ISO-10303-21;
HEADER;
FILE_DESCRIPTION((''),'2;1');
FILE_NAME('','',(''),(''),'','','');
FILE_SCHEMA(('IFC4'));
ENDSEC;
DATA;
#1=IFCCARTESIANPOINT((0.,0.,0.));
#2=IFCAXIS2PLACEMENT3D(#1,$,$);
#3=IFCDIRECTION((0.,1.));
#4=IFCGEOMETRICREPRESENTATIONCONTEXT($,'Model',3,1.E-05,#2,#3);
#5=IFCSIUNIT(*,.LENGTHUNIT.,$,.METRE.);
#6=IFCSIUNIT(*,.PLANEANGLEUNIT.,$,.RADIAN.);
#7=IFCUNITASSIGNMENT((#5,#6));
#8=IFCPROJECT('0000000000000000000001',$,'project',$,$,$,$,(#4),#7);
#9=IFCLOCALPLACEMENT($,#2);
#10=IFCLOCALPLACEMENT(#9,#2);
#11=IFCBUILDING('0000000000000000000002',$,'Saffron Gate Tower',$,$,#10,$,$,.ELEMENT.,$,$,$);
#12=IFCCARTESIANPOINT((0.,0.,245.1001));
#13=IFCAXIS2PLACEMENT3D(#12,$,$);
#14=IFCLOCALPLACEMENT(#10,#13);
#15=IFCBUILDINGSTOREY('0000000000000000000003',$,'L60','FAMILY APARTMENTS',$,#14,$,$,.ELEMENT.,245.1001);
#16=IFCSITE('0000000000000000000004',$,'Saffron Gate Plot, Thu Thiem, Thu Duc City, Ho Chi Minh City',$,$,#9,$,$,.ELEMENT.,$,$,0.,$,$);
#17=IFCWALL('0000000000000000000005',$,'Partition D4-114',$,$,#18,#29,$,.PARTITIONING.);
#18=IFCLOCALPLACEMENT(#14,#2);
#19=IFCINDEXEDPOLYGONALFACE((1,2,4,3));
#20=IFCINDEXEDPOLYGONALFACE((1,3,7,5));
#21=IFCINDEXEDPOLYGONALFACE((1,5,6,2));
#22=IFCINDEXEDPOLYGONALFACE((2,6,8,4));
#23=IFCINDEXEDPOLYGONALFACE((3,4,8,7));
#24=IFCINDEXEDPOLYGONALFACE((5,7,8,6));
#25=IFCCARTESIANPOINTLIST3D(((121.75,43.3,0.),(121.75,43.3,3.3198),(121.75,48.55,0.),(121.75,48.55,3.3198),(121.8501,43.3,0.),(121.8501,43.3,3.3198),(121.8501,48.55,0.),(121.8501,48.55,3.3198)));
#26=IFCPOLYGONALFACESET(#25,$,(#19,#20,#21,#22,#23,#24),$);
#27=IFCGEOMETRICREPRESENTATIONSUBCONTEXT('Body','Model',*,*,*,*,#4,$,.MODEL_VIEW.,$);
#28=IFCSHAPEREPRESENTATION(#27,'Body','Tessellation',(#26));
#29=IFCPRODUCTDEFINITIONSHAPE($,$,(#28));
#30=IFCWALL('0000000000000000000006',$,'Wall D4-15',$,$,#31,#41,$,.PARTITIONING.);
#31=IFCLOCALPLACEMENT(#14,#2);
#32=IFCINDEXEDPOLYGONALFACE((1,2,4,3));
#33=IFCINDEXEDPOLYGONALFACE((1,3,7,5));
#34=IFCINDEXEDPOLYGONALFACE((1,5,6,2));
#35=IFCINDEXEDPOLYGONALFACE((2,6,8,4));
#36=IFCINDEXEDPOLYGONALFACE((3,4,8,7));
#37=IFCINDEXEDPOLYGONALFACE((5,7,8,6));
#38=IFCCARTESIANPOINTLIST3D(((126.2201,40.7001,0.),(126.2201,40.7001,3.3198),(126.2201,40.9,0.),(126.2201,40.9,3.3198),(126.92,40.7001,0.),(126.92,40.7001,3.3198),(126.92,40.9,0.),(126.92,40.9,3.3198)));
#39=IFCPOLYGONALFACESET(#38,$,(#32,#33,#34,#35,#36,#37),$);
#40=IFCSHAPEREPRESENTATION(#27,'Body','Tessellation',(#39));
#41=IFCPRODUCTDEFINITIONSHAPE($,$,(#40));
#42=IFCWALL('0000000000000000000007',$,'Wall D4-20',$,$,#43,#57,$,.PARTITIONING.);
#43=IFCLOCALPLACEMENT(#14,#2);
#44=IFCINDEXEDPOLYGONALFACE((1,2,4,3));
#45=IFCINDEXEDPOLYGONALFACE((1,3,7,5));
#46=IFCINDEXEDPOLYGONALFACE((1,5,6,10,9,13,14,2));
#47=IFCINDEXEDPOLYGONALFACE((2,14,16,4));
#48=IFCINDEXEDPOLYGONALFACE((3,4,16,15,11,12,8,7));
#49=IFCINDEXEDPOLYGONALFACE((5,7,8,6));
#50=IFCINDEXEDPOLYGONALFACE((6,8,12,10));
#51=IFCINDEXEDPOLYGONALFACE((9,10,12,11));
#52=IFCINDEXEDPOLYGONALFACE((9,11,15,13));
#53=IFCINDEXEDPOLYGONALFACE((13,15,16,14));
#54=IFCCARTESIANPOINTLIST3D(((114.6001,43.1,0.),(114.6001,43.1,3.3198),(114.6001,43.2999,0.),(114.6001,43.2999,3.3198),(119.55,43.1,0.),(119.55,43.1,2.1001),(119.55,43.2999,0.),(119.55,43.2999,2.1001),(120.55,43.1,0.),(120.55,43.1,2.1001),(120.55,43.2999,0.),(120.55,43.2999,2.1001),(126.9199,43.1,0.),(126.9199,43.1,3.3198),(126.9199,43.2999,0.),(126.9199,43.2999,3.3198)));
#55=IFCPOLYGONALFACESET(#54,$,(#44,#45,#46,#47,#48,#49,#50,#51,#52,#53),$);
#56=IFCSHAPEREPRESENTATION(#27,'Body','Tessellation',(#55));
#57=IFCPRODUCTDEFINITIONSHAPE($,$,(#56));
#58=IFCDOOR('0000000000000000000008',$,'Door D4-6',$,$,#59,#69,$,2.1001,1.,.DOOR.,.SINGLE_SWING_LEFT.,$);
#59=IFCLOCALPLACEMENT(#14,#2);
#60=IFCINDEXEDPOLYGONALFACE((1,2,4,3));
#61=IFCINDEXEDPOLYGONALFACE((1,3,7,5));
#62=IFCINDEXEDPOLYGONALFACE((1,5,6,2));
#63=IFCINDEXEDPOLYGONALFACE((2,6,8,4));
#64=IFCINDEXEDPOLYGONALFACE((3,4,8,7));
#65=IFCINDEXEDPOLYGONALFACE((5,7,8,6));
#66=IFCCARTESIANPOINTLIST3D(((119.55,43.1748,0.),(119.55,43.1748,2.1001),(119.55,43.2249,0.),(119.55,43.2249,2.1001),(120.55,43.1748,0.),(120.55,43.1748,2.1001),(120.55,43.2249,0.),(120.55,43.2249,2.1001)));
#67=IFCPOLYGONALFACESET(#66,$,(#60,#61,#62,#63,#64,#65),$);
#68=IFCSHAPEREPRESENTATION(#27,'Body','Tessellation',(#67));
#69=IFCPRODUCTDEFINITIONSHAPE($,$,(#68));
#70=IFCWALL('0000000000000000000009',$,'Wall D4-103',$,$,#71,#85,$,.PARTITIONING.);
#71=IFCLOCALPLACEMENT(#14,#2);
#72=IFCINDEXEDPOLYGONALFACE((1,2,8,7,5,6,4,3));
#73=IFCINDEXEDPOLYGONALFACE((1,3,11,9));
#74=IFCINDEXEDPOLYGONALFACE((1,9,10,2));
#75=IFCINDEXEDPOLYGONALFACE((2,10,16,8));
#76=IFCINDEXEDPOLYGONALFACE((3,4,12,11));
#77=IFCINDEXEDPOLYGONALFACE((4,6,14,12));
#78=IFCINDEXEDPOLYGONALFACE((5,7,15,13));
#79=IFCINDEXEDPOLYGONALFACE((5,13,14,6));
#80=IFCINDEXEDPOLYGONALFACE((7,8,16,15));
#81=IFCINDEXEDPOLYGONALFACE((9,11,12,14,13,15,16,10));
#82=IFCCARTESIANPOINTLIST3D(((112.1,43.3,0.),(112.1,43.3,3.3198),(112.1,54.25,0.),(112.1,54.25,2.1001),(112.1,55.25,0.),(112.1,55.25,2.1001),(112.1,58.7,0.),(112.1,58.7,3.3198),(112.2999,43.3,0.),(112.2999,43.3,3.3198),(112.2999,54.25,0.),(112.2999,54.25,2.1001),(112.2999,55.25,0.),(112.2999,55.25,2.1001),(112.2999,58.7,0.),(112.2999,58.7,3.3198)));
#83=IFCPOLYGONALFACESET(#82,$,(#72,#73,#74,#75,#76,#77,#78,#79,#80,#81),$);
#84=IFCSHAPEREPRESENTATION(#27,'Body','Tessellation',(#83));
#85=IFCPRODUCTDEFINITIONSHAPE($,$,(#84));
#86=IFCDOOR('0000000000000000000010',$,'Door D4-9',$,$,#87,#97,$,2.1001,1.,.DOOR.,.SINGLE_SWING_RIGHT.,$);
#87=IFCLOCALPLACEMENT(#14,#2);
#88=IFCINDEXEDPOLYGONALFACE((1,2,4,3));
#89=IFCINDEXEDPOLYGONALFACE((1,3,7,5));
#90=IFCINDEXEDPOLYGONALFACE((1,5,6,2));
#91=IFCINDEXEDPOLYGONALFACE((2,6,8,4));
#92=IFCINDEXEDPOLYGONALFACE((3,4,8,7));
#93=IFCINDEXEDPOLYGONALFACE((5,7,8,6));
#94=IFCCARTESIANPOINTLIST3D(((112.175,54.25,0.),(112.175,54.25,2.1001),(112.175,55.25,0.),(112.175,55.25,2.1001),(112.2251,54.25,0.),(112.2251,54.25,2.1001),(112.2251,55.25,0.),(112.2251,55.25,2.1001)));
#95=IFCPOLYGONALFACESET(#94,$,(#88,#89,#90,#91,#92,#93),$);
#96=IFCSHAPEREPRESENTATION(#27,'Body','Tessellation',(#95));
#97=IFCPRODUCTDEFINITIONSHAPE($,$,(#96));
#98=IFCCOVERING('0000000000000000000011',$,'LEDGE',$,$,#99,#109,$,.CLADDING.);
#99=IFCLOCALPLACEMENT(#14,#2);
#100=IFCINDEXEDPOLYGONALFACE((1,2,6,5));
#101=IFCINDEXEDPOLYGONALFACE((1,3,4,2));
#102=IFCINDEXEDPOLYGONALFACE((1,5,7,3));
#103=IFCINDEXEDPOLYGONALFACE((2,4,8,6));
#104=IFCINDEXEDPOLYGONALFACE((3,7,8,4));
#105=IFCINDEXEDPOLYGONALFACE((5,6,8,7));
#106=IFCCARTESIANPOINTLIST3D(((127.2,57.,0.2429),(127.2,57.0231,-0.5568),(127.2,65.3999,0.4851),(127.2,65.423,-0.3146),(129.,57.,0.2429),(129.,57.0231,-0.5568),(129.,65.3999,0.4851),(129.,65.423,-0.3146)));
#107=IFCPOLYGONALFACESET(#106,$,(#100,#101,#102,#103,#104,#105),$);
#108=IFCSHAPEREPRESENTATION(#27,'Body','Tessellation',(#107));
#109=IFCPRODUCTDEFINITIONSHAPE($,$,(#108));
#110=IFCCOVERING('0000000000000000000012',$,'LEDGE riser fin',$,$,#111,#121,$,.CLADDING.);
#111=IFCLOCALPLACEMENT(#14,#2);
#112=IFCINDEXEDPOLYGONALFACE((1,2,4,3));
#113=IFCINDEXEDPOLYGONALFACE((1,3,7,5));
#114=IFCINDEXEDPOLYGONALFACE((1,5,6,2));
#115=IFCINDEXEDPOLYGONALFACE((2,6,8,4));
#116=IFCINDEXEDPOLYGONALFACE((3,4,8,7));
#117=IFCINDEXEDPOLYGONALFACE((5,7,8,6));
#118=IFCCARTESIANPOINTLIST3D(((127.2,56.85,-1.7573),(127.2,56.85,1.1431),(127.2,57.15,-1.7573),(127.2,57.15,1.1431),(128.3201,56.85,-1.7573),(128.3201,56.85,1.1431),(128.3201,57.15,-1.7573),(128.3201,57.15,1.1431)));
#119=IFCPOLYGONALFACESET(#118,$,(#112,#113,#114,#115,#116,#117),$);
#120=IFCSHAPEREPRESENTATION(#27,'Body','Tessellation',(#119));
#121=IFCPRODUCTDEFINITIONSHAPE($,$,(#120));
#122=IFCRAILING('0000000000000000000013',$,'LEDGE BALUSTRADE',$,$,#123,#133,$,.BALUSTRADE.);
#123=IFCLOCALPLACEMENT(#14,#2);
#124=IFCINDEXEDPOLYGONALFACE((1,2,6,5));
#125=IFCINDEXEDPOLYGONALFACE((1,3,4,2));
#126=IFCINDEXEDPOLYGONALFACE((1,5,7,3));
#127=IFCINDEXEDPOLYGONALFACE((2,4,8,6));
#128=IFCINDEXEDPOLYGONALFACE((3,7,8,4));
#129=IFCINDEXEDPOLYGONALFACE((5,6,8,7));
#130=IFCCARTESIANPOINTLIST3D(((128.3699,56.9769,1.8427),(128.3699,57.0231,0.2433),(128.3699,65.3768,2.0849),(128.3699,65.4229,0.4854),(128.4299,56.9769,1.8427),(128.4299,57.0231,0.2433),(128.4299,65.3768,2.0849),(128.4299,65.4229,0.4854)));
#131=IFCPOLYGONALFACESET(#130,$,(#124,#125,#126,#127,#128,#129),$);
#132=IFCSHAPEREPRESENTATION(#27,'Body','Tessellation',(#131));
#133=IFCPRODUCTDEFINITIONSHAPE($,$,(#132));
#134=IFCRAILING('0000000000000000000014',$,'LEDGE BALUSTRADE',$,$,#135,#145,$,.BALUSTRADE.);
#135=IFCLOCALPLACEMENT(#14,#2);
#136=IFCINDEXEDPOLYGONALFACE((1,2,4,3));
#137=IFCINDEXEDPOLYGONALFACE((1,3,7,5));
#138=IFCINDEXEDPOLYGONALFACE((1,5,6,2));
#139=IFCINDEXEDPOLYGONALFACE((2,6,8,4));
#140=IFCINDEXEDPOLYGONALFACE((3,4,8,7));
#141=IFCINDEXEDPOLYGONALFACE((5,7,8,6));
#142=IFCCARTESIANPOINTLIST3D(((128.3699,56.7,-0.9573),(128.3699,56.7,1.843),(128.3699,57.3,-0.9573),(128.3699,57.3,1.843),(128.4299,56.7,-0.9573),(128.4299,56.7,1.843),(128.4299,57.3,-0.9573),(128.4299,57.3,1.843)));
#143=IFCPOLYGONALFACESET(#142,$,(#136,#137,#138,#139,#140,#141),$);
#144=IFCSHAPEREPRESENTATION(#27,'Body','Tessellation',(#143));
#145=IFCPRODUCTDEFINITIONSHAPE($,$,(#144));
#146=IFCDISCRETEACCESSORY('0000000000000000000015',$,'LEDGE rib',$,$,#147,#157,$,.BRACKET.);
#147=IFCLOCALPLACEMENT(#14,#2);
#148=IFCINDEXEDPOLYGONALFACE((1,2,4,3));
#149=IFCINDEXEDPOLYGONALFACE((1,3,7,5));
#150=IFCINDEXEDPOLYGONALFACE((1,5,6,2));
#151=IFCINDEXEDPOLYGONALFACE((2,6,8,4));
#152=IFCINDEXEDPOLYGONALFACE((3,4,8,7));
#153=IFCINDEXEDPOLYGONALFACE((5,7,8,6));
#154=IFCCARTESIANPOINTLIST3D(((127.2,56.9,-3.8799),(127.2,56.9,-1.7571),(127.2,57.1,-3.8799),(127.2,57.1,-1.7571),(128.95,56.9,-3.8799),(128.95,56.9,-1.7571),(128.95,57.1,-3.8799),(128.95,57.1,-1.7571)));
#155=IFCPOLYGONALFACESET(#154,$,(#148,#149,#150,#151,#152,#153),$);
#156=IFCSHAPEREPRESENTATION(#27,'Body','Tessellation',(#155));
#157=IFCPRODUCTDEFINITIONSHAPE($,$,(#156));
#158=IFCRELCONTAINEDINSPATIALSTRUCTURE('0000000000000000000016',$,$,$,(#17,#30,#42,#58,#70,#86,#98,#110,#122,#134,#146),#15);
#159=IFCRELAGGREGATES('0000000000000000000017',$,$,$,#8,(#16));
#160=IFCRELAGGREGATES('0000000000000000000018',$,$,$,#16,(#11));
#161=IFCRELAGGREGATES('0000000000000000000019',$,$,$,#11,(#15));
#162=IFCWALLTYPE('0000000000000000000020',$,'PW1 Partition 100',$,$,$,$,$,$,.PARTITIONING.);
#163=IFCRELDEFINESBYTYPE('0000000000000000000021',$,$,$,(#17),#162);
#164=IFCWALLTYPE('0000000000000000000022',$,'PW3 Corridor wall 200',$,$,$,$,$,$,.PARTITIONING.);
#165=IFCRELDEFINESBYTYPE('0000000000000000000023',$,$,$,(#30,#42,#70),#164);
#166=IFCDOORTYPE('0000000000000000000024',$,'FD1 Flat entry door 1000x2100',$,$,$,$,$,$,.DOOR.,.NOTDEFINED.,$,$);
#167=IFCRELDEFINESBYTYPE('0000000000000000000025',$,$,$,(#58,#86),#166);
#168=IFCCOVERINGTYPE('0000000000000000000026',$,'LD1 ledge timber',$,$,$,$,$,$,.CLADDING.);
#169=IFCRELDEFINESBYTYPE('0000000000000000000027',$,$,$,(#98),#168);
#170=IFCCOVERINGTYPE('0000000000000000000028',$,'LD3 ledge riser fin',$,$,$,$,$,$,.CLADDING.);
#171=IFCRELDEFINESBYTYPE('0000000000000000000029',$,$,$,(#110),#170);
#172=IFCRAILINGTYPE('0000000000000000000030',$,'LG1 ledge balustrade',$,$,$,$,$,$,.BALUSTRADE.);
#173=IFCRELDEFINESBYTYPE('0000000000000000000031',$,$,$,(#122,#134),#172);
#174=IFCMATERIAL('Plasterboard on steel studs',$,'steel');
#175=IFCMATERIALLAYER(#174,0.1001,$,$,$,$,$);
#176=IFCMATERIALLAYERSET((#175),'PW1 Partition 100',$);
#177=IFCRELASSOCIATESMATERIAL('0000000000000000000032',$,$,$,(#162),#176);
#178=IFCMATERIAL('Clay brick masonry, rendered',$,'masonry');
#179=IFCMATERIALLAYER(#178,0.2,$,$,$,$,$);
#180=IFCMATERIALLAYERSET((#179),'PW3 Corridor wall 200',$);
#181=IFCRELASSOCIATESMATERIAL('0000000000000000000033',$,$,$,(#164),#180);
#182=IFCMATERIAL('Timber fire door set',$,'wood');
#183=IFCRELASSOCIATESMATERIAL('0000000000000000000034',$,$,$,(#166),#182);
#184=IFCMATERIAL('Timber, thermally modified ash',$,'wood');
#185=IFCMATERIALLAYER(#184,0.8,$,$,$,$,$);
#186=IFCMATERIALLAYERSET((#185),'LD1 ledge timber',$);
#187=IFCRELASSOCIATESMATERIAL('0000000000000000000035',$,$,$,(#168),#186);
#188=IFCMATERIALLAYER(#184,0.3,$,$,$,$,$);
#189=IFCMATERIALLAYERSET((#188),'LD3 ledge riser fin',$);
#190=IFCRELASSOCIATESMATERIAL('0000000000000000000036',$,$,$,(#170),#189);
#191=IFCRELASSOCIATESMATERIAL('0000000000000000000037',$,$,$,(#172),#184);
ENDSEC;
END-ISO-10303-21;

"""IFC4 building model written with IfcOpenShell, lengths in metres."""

from ifc_helpers import new_model, si_unit, direction, frame, frame_2d, origin, origin_2d, place, context, subcontext, project, spatial, polyline, rectangle, outline, extrude, material, layer, layer_set, type_object, element, fill, save


model = new_model("IFC4")

# Units and contexts
model_context = context("Model", 3, precision=1e-05, world=origin(), true_north=direction((0.0, 1.0)))
body_context = subcontext(model_context, "Body", "Model", "MODEL_VIEW")
ifc_project = project(units=[si_unit("LENGTHUNIT", "METRE"), si_unit("PLANEANGLEUNIT", "RADIAN")], contexts=[model_context])

# Site, building, storey
site_placement = place(None, origin())
site = spatial("IfcSite", under=ifc_project, at=site_placement, Name="Saffron Gate Plot, Thu Thiem, Thu Duc City, Ho Chi Minh City", CompositionType="ELEMENT", RefElevation=0.0)
building_placement = place(site_placement, origin())
building = spatial("IfcBuilding", under=site, at=building_placement, Name="Saffron Gate Tower", CompositionType="ELEMENT")
storey_placement = place(building_placement, frame((0.0, 0.0, 245.1001)))
storey = spatial("IfcBuildingStorey", under=building, at=storey_placement, Name="L60", Description="FAMILY APARTMENTS", CompositionType="ELEMENT", Elevation=245.1001)

# Shared definitions
ifc_material_1 = material(Name="Plasterboard on steel studs", Category="steel")
ifc_layer_1 = layer(ifc_material_1, 0.1001)
ifc_layer_set_1 = layer_set([ifc_layer_1], Name="PW1 Partition 100")
wall_type_1 = type_object("IfcWallType", Name="PW1 Partition 100", PredefinedType="PARTITIONING", material=ifc_layer_set_1)

# Walls
wall_1_placement = place(storey_placement, frame((121.8, 48.55, 0.0), z_axis=(0.0, 0.0, 1.0), x_axis=(0.0, -1.0, 0.0)))
element("IfcWall", 1, at=wall_1_placement, inside=storey, type_object=wall_type_1, Name="Partition D4-114", PredefinedType="PARTITIONING", context=body_context, shape_type="SweptSolid", body=[
    extrude(rectangle(XDim=5.25, YDim=0.1001, at=frame_2d((2.625, 0.0))), origin(), (0.0, 0.0, 1.0), 3.3198),
])
ifc_material_2 = material(Name="Clay brick masonry, rendered", Category="masonry")
ifc_layer_2 = layer(ifc_material_2, 0.2)
ifc_layer_set_2 = layer_set([ifc_layer_2], Name="PW3 Corridor wall 200")
wall_type_2 = type_object("IfcWallType", Name="PW3 Corridor wall 200", PredefinedType="PARTITIONING", material=ifc_layer_set_2)
wall_2_placement = place(storey_placement, frame((126.22, 40.8, 0.0), z_axis=(0.0, 0.0, 1.0), x_axis=(1.0, 0.0, 0.0)))
element("IfcWall", 2, at=wall_2_placement, inside=storey, type_object=wall_type_2, Name="Wall D4-15", PredefinedType="PARTITIONING", context=body_context, shape_type="SweptSolid", body=[
    extrude(rectangle(XDim=0.7, YDim=0.2, at=frame_2d((0.3501, 0.0))), origin(), (0.0, 0.0, 1.0), 3.3198),
])

# Walls, openings, doors
wall_3_placement = place(storey_placement, frame((114.6001, 43.2, 0.0), z_axis=(0.0, 0.0, 1.0), x_axis=(1.0, 0.0, 0.0)))
wall_3 = element("IfcWall", 3, at=wall_3_placement, inside=storey, type_object=wall_type_2, Name="Wall D4-20", PredefinedType="PARTITIONING", context=body_context, shape_type="SweptSolid", body=[
    extrude(rectangle(XDim=12.3198, YDim=0.2, at=frame_2d((6.1599, 0.0))), origin(), (0.0, 0.0, 1.0), 3.3198),
])
opening_1_placement = place(wall_3_placement, frame((4.95, 0.0, 0.0)))
opening_1 = element("IfcOpeningElement", 4, at=opening_1_placement, cuts=wall_3, PredefinedType="OPENING", context=body_context, shape_type="SweptSolid", body=[
    extrude(rectangle(XDim=1.0, YDim=2.1001, at=frame_2d((0.5, 1.05))), frame((0.0, 0.1099, 0.0), z_axis=(0.0, -1.0, 0.0), x_axis=(1.0, 0.0, 0.0)), (0.0, 0.0, 1.0), 0.22),
])
ifc_material_3 = material(Name="Timber fire door set", Category="wood")
door_type_1 = type_object("IfcDoorType", Name="FD1 Flat entry door 1000x2100", OperationType="NOTDEFINED", PredefinedType="DOOR", material=ifc_material_3)
door_1_placement = place(opening_1_placement, origin())
door_1 = element("IfcDoor", 5, at=door_1_placement, inside=storey, type_object=door_type_1, Name="Door D4-6", OperationType="SINGLE_SWING_LEFT", OverallHeight=2.1001, OverallWidth=1.0, PredefinedType="DOOR", context=body_context, shape_type="SweptSolid", body=[
    extrude(rectangle(XDim=1.0, YDim=2.1001, at=frame_2d((0.5, 1.05))), frame((0.0, 0.0249, 0.0), z_axis=(0.0, -1.0, 0.0), x_axis=(1.0, 0.0, 0.0)), (0.0, 0.0, 1.0), 0.05),
])
fill(opening_1, door_1)
wall_4_placement = place(storey_placement, frame((112.2, 43.3, 0.0), z_axis=(0.0, 0.0, 1.0), x_axis=(0.0, 1.0, 0.0)))
wall_4 = element("IfcWall", 6, at=wall_4_placement, inside=storey, type_object=wall_type_2, Name="Wall D4-103", PredefinedType="PARTITIONING", context=body_context, shape_type="SweptSolid", body=[
    extrude(rectangle(XDim=15.3999, YDim=0.2, at=frame_2d((7.7, 0.0))), origin(), (0.0, 0.0, 1.0), 3.3198),
])
opening_2_placement = place(wall_4_placement, frame((10.95, 0.0, 0.0)))
opening_2 = element("IfcOpeningElement", 7, at=opening_2_placement, cuts=wall_4, PredefinedType="OPENING", context=body_context, shape_type="SweptSolid", body=[
    extrude(rectangle(XDim=1.0, YDim=2.1001, at=frame_2d((0.5, 1.05))), frame((0.0, 0.1099, 0.0), z_axis=(0.0, -1.0, 0.0), x_axis=(1.0, 0.0, 0.0)), (0.0, 0.0, 1.0), 0.22),
])
door_2_placement = place(opening_2_placement, origin())
door_2 = element("IfcDoor", 8, at=door_2_placement, inside=storey, type_object=door_type_1, Name="Door D4-9", OperationType="SINGLE_SWING_RIGHT", OverallHeight=2.1001, OverallWidth=1.0, PredefinedType="DOOR", context=body_context, shape_type="SweptSolid", body=[
    extrude(rectangle(XDim=1.0, YDim=2.1001, at=frame_2d((0.5, 1.05))), frame((0.0, 0.0249, 0.0), z_axis=(0.0, -1.0, 0.0), x_axis=(1.0, 0.0, 0.0)), (0.0, 0.0, 1.0), 0.05),
])
fill(opening_2, door_2)

# Coverings
ifc_material_4 = material(Name="Timber, thermally modified ash", Category="wood")
ifc_layer_3 = layer(ifc_material_4, 0.8)
ifc_layer_set_3 = layer_set([ifc_layer_3], Name="LD1 ledge timber")
covering_type_1 = type_object("IfcCoveringType", Name="LD1 ledge timber", PredefinedType="CLADDING", material=ifc_layer_set_3)
covering_1_placement = place(storey_placement, frame((127.2, 57.0, 0.2429), z_axis=(0.0, -0.02882, 0.999585), x_axis=(0.0, 0.999585, 0.02882)))
element("IfcCovering", 9, at=covering_1_placement, inside=storey, type_object=covering_type_1, Name="LEDGE", PredefinedType="CLADDING", context=body_context, shape_type="SweptSolid", body=[
    extrude(outline(polyline([(0.0, 0.0), (8.4034, 0.0), (8.4034, -1.8), (0.0, -1.8), (0.0, 0.0)])), origin(), (0.0, 0.0, -1.0), 0.8),
])
ifc_layer_4 = layer(ifc_material_4, 0.3)
ifc_layer_set_4 = layer_set([ifc_layer_4], Name="LD3 ledge riser fin")
covering_type_2 = type_object("IfcCoveringType", Name="LD3 ledge riser fin", PredefinedType="CLADDING", material=ifc_layer_set_4)
covering_2_placement = place(storey_placement, frame((127.76, 57.0, -1.7573), z_axis=(0.0, 0.0, 1.0), x_axis=(0.0, 1.0, 0.0)))
element("IfcCovering", 10, at=covering_2_placement, inside=storey, type_object=covering_type_2, Name="LEDGE riser fin", PredefinedType="CLADDING", context=body_context, shape_type="SweptSolid", body=[
    extrude(rectangle(XDim=0.3, YDim=1.1201, at=origin_2d()), origin(), (0.0, 0.0, 1.0), 2.9004),
])

# Railings
railing_type = type_object("IfcRailingType", Name="LG1 ledge balustrade", PredefinedType="BALUSTRADE", material=ifc_material_4)
railing_1_placement = place(storey_placement, frame((128.3999, 57.0, 0.2429)))
element("IfcRailing", 11, at=railing_1_placement, inside=storey, type_object=railing_type, Name="LEDGE BALUSTRADE", PredefinedType="BALUSTRADE", context=body_context, shape_type="SweptSolid", body=[
    extrude(rectangle(XDim=0.0601, YDim=1.6001, at=origin_2d()), frame((0.0, 0.0, 0.8), z_axis=(0.0, 0.999585, 0.02882), x_axis=(-1.0, 0.0, 0.0)), (0.0, 0.0, 1.0), 8.4033),
])
railing_2_placement = place(storey_placement, frame((128.3999, 56.7, -0.9573)))
element("IfcRailing", 12, at=railing_2_placement, inside=storey, type_object=railing_type, Name="LEDGE BALUSTRADE", PredefinedType="BALUSTRADE", context=body_context, shape_type="SweptSolid", body=[
    extrude(rectangle(XDim=0.0601, YDim=2.8003, at=origin_2d()), frame((0.0, 0.0, 1.4001), z_axis=(0.0, 1.0, 0.0), x_axis=(-1.0, 0.0, 0.0)), (0.0, 0.0, 1.0), 0.6001),
])

# Discrete accessory
discrete_accessory_placement = place(storey_placement, frame((128.075, 57.0, -3.8799), z_axis=(0.0, 0.0, 1.0), x_axis=(0.0, 1.0, 0.0)))
element("IfcDiscreteAccessory", 13, at=discrete_accessory_placement, inside=storey, Name="LEDGE rib", PredefinedType="BRACKET", context=body_context, shape_type="SweptSolid", body=[
    extrude(rectangle(XDim=0.2, YDim=1.75, at=origin_2d()), origin(), (0.0, 0.0, 1.0), 2.1228),
])

save(model, "model.ifc")
